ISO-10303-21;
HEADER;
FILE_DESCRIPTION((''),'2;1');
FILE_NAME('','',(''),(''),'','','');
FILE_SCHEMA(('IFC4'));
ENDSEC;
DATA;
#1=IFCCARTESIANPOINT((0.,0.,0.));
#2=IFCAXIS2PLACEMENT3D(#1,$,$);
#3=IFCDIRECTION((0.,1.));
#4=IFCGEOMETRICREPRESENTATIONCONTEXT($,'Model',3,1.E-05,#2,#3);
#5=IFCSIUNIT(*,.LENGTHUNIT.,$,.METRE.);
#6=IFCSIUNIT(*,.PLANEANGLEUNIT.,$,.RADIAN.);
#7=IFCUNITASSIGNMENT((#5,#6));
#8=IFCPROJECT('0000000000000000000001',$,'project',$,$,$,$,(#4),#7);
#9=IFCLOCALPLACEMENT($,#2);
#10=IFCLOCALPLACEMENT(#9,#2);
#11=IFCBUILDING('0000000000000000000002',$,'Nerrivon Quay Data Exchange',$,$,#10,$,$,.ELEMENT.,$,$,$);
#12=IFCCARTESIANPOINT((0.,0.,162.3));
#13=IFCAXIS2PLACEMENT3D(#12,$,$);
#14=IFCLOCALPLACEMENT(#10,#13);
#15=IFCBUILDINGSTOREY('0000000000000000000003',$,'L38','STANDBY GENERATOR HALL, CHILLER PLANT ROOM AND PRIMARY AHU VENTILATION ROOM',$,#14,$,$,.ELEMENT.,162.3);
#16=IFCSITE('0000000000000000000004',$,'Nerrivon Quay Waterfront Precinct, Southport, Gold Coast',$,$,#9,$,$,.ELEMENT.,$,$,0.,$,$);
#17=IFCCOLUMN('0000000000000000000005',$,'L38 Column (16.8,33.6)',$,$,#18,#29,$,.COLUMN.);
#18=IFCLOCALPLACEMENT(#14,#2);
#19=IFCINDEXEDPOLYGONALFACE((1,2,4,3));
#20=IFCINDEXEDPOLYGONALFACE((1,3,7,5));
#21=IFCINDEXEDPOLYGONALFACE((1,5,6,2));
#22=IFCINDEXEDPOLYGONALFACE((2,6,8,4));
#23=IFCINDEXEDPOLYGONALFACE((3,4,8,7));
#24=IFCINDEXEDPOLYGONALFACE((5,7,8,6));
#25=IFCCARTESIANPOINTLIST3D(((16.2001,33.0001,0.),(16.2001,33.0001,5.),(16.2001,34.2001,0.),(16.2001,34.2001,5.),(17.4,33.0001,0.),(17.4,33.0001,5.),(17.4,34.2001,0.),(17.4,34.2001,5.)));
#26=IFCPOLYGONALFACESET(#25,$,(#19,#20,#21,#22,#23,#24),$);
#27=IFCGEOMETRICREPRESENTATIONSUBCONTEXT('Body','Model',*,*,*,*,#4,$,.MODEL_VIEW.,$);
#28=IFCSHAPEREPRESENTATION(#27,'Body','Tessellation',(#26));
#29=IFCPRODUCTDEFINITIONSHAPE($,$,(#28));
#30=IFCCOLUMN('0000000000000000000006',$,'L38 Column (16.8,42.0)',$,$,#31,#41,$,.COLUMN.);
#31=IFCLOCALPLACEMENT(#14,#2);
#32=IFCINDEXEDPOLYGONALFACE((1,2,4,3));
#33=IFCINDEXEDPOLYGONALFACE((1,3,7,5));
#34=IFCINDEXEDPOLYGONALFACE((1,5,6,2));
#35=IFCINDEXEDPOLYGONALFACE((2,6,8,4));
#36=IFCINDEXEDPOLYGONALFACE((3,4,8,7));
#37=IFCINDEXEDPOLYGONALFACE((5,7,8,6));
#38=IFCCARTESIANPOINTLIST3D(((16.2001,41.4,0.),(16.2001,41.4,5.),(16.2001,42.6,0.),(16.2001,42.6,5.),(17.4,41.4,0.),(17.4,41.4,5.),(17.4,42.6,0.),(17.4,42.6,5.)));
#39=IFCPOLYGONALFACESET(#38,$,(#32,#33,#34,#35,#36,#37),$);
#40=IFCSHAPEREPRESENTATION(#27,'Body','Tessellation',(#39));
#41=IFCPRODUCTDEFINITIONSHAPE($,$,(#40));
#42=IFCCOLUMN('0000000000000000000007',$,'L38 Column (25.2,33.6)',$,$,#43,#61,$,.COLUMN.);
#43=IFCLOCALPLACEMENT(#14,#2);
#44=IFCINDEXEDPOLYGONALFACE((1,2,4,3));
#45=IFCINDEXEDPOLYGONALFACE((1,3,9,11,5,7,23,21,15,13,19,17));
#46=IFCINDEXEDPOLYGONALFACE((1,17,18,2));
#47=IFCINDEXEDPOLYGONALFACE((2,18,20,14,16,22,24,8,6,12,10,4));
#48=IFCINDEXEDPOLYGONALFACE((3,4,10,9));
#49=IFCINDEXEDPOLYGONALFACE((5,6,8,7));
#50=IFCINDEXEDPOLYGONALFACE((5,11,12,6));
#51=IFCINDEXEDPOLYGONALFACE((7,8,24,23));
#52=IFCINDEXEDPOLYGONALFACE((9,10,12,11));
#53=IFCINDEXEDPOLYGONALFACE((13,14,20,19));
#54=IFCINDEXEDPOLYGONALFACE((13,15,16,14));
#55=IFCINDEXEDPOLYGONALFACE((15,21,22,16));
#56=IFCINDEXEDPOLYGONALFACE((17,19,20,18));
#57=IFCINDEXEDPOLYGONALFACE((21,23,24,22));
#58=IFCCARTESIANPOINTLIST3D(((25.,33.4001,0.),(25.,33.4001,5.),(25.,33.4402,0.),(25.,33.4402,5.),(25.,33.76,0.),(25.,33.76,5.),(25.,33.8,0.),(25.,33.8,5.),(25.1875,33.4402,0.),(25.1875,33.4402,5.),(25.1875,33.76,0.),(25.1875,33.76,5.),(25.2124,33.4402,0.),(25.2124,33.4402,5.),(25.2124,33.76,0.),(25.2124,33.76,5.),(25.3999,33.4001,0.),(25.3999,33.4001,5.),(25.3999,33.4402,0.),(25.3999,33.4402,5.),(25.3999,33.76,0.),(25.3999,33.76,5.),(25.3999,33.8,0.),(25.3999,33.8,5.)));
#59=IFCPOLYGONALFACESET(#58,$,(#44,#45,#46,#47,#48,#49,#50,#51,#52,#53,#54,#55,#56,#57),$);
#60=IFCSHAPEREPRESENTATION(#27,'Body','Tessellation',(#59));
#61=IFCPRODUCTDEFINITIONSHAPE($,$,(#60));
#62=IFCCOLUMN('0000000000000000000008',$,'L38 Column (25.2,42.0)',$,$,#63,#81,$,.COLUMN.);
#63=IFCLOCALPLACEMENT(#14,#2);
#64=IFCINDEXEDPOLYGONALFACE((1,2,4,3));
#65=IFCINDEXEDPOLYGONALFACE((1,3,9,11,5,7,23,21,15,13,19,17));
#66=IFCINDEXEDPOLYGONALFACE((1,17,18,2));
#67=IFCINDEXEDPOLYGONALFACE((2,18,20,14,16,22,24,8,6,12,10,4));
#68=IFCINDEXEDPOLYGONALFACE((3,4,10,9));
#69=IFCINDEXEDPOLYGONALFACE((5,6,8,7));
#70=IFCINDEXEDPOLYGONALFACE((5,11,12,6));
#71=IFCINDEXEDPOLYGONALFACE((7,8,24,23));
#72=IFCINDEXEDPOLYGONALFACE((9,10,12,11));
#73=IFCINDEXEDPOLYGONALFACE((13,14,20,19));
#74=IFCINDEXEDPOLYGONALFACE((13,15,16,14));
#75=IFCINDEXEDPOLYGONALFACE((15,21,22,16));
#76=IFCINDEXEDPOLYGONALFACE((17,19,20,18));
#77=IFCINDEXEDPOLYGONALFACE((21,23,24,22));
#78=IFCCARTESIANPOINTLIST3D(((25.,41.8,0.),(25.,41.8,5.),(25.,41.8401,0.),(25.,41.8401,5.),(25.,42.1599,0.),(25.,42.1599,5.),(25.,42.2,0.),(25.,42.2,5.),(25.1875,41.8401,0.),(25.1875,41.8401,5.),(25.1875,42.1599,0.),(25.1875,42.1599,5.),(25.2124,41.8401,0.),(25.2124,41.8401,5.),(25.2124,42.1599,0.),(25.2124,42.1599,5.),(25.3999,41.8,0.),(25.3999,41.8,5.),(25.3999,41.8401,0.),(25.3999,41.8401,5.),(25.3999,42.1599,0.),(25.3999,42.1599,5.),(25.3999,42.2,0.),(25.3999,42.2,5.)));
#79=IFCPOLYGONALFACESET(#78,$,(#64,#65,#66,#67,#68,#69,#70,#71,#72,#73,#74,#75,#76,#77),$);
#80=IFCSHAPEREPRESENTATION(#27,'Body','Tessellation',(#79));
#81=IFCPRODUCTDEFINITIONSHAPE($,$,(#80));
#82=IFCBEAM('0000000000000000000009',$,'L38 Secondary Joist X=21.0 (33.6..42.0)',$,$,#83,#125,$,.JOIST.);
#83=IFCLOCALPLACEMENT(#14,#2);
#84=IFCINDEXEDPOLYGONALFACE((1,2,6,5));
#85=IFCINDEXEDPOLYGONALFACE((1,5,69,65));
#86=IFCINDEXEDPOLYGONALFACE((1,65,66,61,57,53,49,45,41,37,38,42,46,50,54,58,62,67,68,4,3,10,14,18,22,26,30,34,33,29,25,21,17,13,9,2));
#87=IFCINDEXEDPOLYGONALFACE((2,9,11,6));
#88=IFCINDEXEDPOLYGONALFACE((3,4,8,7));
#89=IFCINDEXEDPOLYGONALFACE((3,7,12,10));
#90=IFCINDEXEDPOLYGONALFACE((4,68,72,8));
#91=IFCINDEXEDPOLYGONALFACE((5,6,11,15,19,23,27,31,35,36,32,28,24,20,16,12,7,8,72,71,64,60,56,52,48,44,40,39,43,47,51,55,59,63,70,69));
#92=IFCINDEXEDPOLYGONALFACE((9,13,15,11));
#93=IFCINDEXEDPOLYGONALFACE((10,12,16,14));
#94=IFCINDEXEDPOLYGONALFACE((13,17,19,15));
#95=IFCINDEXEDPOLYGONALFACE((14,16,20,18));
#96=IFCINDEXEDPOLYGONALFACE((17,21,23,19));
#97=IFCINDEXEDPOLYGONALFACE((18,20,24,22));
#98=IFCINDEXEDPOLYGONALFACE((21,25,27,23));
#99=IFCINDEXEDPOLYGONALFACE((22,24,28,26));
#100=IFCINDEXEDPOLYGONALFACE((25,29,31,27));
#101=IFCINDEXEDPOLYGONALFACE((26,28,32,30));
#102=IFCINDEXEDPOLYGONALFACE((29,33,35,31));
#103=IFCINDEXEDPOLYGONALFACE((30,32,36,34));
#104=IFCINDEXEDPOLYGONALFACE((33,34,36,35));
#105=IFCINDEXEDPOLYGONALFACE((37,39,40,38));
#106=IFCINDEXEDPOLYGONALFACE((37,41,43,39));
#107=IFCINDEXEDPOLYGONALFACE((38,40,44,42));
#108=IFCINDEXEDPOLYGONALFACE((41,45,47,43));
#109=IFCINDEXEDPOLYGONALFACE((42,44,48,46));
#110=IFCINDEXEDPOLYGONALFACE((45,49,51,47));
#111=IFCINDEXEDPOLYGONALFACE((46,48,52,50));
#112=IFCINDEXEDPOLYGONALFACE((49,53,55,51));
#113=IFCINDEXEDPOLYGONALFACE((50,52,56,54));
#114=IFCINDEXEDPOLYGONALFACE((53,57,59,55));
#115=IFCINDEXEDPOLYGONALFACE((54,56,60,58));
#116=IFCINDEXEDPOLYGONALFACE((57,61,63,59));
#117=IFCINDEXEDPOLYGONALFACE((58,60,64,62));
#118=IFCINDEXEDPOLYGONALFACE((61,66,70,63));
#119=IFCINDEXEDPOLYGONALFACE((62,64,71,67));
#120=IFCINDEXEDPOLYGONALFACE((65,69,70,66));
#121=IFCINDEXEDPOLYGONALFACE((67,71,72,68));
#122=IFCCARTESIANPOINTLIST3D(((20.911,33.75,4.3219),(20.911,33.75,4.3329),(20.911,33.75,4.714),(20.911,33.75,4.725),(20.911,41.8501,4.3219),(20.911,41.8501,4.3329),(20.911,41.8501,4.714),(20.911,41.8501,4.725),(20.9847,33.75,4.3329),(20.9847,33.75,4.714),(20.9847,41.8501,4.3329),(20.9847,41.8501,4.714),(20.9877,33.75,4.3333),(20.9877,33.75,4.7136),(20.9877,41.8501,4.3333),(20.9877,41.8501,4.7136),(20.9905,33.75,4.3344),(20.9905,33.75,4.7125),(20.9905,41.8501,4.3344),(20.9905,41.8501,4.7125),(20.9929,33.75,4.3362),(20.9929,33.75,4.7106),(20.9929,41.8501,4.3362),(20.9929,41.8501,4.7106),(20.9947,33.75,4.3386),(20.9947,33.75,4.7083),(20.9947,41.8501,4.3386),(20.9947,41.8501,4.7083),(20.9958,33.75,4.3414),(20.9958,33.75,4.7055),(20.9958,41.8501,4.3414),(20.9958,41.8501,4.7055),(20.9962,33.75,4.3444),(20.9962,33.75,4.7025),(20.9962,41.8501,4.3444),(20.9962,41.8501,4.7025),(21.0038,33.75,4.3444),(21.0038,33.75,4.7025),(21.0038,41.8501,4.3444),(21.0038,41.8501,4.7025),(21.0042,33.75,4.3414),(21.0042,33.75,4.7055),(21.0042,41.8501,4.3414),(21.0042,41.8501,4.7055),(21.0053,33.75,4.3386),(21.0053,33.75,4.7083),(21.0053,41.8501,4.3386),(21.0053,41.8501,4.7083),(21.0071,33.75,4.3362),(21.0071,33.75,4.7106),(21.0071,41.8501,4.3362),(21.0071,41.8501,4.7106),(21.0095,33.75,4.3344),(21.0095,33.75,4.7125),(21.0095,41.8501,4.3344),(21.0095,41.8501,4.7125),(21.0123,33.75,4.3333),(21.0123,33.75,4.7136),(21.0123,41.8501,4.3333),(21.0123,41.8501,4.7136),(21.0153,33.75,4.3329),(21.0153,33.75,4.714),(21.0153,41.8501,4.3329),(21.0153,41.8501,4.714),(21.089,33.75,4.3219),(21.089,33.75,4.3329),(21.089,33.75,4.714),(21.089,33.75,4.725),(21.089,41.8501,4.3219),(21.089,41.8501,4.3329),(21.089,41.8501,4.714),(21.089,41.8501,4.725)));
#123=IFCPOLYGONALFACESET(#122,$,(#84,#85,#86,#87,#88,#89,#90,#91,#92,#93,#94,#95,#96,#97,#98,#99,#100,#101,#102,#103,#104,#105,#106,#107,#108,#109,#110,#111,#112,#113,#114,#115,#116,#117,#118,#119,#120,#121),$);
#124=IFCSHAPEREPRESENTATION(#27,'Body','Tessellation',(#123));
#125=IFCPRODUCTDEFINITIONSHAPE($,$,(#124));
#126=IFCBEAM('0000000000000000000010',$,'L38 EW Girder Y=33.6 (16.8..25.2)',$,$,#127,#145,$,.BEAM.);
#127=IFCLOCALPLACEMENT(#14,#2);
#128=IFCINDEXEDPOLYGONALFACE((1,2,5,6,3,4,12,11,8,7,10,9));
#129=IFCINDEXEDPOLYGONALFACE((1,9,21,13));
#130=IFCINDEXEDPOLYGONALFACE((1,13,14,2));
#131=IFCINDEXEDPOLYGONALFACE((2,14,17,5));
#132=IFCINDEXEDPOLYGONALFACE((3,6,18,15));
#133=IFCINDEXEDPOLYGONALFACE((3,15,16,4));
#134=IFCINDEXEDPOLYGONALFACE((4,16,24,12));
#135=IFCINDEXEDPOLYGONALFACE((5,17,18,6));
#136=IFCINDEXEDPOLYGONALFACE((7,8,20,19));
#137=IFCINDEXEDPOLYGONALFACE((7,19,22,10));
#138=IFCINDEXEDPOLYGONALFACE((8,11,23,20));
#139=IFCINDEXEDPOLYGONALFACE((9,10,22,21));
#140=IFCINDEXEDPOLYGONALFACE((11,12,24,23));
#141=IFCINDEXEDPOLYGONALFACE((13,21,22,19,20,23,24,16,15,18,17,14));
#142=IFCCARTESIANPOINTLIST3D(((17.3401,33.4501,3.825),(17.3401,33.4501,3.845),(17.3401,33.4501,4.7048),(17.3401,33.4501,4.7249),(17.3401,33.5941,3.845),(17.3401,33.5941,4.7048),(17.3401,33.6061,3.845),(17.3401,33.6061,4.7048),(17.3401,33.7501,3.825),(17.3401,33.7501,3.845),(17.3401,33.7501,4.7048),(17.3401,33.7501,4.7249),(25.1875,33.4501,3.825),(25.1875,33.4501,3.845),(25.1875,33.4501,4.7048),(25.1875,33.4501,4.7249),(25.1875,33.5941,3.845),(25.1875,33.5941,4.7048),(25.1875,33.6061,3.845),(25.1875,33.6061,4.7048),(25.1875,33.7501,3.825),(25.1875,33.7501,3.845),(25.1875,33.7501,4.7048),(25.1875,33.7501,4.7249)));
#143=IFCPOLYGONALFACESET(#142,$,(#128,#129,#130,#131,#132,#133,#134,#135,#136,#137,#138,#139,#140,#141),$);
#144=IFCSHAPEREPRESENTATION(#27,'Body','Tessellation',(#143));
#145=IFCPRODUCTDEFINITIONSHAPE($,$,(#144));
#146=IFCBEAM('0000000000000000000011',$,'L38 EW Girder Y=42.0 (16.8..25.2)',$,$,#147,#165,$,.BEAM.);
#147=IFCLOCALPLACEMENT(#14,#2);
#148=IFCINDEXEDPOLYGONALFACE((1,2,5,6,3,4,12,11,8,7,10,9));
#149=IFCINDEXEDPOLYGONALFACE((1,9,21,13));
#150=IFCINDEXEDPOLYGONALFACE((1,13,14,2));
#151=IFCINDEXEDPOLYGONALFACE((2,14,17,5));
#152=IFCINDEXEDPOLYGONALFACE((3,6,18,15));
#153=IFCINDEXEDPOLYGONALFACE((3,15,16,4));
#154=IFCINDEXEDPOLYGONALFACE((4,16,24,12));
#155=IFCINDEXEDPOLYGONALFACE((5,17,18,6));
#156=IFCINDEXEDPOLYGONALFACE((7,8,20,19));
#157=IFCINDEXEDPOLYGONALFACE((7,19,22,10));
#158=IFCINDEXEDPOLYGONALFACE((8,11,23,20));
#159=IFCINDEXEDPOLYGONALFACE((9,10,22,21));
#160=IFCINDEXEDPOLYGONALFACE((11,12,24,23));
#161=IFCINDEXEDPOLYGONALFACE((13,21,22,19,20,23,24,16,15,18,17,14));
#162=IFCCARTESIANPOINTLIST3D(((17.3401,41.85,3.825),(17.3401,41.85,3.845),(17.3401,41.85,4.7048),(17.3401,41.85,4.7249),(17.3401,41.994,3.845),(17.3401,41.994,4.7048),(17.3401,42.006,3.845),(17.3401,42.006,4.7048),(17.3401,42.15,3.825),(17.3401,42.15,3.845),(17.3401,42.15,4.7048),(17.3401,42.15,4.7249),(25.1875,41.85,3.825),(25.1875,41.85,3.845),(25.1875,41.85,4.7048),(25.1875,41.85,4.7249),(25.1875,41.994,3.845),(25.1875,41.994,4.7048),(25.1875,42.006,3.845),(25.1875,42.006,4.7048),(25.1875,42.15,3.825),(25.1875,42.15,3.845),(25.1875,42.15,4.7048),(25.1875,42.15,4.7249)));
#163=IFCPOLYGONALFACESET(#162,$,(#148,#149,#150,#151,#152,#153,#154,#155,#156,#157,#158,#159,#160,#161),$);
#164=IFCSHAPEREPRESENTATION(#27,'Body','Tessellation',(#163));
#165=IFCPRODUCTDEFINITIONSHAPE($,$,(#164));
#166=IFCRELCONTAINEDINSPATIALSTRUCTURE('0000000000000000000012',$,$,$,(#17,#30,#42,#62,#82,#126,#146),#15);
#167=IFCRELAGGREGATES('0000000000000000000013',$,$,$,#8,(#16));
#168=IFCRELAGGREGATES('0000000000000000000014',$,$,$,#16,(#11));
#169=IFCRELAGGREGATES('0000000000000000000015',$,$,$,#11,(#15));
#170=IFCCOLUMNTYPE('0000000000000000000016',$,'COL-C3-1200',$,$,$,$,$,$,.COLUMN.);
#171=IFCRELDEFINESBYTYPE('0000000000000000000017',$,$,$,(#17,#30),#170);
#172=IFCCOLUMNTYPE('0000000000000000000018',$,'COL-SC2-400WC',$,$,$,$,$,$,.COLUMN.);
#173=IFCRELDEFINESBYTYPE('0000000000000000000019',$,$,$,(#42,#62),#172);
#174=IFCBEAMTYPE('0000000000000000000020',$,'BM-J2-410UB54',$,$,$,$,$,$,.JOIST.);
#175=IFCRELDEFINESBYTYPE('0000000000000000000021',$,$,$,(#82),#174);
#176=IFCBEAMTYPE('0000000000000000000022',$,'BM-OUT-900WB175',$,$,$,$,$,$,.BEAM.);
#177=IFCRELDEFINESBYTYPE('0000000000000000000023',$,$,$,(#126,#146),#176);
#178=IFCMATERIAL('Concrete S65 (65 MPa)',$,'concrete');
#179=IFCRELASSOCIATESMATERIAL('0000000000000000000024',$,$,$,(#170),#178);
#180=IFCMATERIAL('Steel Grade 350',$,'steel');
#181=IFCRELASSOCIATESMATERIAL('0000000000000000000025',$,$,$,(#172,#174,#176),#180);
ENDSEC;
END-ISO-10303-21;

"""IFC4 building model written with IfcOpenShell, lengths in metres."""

from ifc_helpers import new_model, si_unit, direction, frame, origin, origin_2d, place, context, subcontext, project, spatial, rectangle, i_section, extrude, material, material_profile, profile_set, type_object, element, save


model = new_model("IFC4")

# Units and contexts
model_context = context("Model", 3, precision=1e-05, world=origin(), true_north=direction((0.0, 1.0)))
body_context = subcontext(model_context, "Body", "Model", "MODEL_VIEW")
ifc_project = project(units=[si_unit("LENGTHUNIT", "METRE"), si_unit("PLANEANGLEUNIT", "RADIAN")], contexts=[model_context])

# Site, building, storey
site_placement = place(None, origin())
site = spatial("IfcSite", under=ifc_project, at=site_placement, Name="Nerrivon Quay Waterfront Precinct, Southport, Gold Coast", CompositionType="ELEMENT", RefElevation=0.0)
building_placement = place(site_placement, origin())
building = spatial("IfcBuilding", under=site, at=building_placement, Name="Nerrivon Quay Data Exchange", CompositionType="ELEMENT")
storey_placement = place(building_placement, frame((0.0, 0.0, 162.3)))
storey = spatial("IfcBuildingStorey", under=building, at=storey_placement, Name="L38", Description="STANDBY GENERATOR HALL, CHILLER PLANT ROOM AND PRIMARY AHU VENTILATION ROOM", CompositionType="ELEMENT", Elevation=162.3)

# Columns
ifc_material_1 = material(Name="Concrete S65 (65 MPa)", Category="concrete")
ifc_material_profile_1 = material_profile(ifc_material_1, rectangle(XDim=1.2, YDim=1.2, at=origin_2d()), Name="RC-COL-1200x1200")
ifc_profile_set_1 = profile_set([ifc_material_profile_1], Name="Concrete S65 (65 MPa)")
column_type_1 = type_object("IfcColumnType", Name="COL-C3-1200", PredefinedType="COLUMN", material=ifc_profile_set_1)
for number, where, z_axis, x_axis, name in (
    (1, (16.8, 33.6001, 0.0), (0.0, 0.0, 1.0), (1.0, 0.0, 0.0), "L38 Column (16.8,33.6)"),
    (2, (16.8, 42.0, 0.0), (0.0, 0.0, 1.0), (1.0, 0.0, 0.0), "L38 Column (16.8,42.0)"),
):
    element("IfcColumn", number, at=place(storey_placement, frame(where, z_axis=z_axis, x_axis=x_axis)), inside=storey, type_object=column_type_1, Name=name, PredefinedType="COLUMN", context=body_context, shape_type="SweptSolid", body=[
        extrude(rectangle(XDim=1.2, YDim=1.2, at=origin_2d()), origin(), (0.0, 0.0, 1.0), 5.0),
    ])
ifc_material_2 = material(Name="Steel Grade 350", Category="steel")
ifc_material_profile_2 = material_profile(ifc_material_2, i_section(OverallWidth=0.3999, OverallDepth=0.3999, WebThickness=0.0249, FlangeThickness=0.04, at=origin_2d()), Name="400WC328")
ifc_profile_set_2 = profile_set([ifc_material_profile_2], Name="Steel Grade 350")
column_type_2 = type_object("IfcColumnType", Name="COL-SC2-400WC", PredefinedType="COLUMN", material=ifc_profile_set_2)
for number, where, z_axis, x_axis, name in (
    (3, (25.2, 33.6001, 0.0), (0.0, 0.0, 1.0), (1.0, 0.0, 0.0), "L38 Column (25.2,33.6)"),
    (4, (25.2, 42.0, 0.0), (0.0, 0.0, 1.0), (1.0, 0.0, 0.0), "L38 Column (25.2,42.0)"),
):
    element("IfcColumn", number, at=place(storey_placement, frame(where, z_axis=z_axis, x_axis=x_axis)), inside=storey, type_object=column_type_2, Name=name, PredefinedType="COLUMN", context=body_context, shape_type="SweptSolid", body=[
        extrude(i_section(OverallWidth=0.3999, OverallDepth=0.3999, WebThickness=0.0249, FlangeThickness=0.04, at=origin_2d()), origin(), (0.0, 0.0, 1.0), 5.0),
    ])

# Beams
ifc_material_profile_3 = material_profile(ifc_material_2, i_section(OverallWidth=0.178, OverallDepth=0.4031, WebThickness=0.0076, FlangeThickness=0.011, FilletRadius=0.0115, at=origin_2d()), Name="410UB53.7")
ifc_profile_set_3 = profile_set([ifc_material_profile_3], Name="Steel Grade 350")
beam_type_1 = type_object("IfcBeamType", Name="BM-J2-410UB54", PredefinedType="JOIST", material=ifc_profile_set_3)
beam_1_placement = place(storey_placement, frame((21.0, 33.75, 4.5234), z_axis=(0.0, 1.0, 0.0), x_axis=(-1.0, 0.0, 0.0)))
element("IfcBeam", 5, at=beam_1_placement, inside=storey, type_object=beam_type_1, Name="L38 Secondary Joist X=21.0 (33.6..42.0)", PredefinedType="JOIST", context=body_context, shape_type="SweptSolid", body=[
    extrude(i_section(OverallWidth=0.178, OverallDepth=0.4031, WebThickness=0.0076, FlangeThickness=0.011, FilletRadius=0.0115, at=origin_2d()), origin(), (0.0, 0.0, 1.0), 8.1001),
])
ifc_material_profile_4 = material_profile(ifc_material_2, i_section(OverallWidth=0.3, OverallDepth=0.8999, WebThickness=0.012, FlangeThickness=0.02, at=origin_2d()), Name="900WB175")
ifc_profile_set_4 = profile_set([ifc_material_profile_4], Name="Steel Grade 350")
beam_type_2 = type_object("IfcBeamType", Name="BM-OUT-900WB175", PredefinedType="BEAM", material=ifc_profile_set_4)
for number, where, z_axis, x_axis, name in (
    (6, (17.3401, 33.6001, 4.2749), (1.0, 0.0, 0.0), (0.0, 1.0, 0.0), "L38 EW Girder Y=33.6 (16.8..25.2)"),
    (7, (17.3401, 42.0, 4.2749), (1.0, 0.0, 0.0), (0.0, 1.0, 0.0), "L38 EW Girder Y=42.0 (16.8..25.2)"),
):
    element("IfcBeam", number, at=place(storey_placement, frame(where, z_axis=z_axis, x_axis=x_axis)), inside=storey, type_object=beam_type_2, Name=name, PredefinedType="BEAM", context=body_context, shape_type="SweptSolid", body=[
        extrude(i_section(OverallWidth=0.3, OverallDepth=0.8999, WebThickness=0.012, FlangeThickness=0.02, at=origin_2d()), origin(), (0.0, 0.0, 1.0), 7.8474),
    ])

save(model, "model.ifc")
